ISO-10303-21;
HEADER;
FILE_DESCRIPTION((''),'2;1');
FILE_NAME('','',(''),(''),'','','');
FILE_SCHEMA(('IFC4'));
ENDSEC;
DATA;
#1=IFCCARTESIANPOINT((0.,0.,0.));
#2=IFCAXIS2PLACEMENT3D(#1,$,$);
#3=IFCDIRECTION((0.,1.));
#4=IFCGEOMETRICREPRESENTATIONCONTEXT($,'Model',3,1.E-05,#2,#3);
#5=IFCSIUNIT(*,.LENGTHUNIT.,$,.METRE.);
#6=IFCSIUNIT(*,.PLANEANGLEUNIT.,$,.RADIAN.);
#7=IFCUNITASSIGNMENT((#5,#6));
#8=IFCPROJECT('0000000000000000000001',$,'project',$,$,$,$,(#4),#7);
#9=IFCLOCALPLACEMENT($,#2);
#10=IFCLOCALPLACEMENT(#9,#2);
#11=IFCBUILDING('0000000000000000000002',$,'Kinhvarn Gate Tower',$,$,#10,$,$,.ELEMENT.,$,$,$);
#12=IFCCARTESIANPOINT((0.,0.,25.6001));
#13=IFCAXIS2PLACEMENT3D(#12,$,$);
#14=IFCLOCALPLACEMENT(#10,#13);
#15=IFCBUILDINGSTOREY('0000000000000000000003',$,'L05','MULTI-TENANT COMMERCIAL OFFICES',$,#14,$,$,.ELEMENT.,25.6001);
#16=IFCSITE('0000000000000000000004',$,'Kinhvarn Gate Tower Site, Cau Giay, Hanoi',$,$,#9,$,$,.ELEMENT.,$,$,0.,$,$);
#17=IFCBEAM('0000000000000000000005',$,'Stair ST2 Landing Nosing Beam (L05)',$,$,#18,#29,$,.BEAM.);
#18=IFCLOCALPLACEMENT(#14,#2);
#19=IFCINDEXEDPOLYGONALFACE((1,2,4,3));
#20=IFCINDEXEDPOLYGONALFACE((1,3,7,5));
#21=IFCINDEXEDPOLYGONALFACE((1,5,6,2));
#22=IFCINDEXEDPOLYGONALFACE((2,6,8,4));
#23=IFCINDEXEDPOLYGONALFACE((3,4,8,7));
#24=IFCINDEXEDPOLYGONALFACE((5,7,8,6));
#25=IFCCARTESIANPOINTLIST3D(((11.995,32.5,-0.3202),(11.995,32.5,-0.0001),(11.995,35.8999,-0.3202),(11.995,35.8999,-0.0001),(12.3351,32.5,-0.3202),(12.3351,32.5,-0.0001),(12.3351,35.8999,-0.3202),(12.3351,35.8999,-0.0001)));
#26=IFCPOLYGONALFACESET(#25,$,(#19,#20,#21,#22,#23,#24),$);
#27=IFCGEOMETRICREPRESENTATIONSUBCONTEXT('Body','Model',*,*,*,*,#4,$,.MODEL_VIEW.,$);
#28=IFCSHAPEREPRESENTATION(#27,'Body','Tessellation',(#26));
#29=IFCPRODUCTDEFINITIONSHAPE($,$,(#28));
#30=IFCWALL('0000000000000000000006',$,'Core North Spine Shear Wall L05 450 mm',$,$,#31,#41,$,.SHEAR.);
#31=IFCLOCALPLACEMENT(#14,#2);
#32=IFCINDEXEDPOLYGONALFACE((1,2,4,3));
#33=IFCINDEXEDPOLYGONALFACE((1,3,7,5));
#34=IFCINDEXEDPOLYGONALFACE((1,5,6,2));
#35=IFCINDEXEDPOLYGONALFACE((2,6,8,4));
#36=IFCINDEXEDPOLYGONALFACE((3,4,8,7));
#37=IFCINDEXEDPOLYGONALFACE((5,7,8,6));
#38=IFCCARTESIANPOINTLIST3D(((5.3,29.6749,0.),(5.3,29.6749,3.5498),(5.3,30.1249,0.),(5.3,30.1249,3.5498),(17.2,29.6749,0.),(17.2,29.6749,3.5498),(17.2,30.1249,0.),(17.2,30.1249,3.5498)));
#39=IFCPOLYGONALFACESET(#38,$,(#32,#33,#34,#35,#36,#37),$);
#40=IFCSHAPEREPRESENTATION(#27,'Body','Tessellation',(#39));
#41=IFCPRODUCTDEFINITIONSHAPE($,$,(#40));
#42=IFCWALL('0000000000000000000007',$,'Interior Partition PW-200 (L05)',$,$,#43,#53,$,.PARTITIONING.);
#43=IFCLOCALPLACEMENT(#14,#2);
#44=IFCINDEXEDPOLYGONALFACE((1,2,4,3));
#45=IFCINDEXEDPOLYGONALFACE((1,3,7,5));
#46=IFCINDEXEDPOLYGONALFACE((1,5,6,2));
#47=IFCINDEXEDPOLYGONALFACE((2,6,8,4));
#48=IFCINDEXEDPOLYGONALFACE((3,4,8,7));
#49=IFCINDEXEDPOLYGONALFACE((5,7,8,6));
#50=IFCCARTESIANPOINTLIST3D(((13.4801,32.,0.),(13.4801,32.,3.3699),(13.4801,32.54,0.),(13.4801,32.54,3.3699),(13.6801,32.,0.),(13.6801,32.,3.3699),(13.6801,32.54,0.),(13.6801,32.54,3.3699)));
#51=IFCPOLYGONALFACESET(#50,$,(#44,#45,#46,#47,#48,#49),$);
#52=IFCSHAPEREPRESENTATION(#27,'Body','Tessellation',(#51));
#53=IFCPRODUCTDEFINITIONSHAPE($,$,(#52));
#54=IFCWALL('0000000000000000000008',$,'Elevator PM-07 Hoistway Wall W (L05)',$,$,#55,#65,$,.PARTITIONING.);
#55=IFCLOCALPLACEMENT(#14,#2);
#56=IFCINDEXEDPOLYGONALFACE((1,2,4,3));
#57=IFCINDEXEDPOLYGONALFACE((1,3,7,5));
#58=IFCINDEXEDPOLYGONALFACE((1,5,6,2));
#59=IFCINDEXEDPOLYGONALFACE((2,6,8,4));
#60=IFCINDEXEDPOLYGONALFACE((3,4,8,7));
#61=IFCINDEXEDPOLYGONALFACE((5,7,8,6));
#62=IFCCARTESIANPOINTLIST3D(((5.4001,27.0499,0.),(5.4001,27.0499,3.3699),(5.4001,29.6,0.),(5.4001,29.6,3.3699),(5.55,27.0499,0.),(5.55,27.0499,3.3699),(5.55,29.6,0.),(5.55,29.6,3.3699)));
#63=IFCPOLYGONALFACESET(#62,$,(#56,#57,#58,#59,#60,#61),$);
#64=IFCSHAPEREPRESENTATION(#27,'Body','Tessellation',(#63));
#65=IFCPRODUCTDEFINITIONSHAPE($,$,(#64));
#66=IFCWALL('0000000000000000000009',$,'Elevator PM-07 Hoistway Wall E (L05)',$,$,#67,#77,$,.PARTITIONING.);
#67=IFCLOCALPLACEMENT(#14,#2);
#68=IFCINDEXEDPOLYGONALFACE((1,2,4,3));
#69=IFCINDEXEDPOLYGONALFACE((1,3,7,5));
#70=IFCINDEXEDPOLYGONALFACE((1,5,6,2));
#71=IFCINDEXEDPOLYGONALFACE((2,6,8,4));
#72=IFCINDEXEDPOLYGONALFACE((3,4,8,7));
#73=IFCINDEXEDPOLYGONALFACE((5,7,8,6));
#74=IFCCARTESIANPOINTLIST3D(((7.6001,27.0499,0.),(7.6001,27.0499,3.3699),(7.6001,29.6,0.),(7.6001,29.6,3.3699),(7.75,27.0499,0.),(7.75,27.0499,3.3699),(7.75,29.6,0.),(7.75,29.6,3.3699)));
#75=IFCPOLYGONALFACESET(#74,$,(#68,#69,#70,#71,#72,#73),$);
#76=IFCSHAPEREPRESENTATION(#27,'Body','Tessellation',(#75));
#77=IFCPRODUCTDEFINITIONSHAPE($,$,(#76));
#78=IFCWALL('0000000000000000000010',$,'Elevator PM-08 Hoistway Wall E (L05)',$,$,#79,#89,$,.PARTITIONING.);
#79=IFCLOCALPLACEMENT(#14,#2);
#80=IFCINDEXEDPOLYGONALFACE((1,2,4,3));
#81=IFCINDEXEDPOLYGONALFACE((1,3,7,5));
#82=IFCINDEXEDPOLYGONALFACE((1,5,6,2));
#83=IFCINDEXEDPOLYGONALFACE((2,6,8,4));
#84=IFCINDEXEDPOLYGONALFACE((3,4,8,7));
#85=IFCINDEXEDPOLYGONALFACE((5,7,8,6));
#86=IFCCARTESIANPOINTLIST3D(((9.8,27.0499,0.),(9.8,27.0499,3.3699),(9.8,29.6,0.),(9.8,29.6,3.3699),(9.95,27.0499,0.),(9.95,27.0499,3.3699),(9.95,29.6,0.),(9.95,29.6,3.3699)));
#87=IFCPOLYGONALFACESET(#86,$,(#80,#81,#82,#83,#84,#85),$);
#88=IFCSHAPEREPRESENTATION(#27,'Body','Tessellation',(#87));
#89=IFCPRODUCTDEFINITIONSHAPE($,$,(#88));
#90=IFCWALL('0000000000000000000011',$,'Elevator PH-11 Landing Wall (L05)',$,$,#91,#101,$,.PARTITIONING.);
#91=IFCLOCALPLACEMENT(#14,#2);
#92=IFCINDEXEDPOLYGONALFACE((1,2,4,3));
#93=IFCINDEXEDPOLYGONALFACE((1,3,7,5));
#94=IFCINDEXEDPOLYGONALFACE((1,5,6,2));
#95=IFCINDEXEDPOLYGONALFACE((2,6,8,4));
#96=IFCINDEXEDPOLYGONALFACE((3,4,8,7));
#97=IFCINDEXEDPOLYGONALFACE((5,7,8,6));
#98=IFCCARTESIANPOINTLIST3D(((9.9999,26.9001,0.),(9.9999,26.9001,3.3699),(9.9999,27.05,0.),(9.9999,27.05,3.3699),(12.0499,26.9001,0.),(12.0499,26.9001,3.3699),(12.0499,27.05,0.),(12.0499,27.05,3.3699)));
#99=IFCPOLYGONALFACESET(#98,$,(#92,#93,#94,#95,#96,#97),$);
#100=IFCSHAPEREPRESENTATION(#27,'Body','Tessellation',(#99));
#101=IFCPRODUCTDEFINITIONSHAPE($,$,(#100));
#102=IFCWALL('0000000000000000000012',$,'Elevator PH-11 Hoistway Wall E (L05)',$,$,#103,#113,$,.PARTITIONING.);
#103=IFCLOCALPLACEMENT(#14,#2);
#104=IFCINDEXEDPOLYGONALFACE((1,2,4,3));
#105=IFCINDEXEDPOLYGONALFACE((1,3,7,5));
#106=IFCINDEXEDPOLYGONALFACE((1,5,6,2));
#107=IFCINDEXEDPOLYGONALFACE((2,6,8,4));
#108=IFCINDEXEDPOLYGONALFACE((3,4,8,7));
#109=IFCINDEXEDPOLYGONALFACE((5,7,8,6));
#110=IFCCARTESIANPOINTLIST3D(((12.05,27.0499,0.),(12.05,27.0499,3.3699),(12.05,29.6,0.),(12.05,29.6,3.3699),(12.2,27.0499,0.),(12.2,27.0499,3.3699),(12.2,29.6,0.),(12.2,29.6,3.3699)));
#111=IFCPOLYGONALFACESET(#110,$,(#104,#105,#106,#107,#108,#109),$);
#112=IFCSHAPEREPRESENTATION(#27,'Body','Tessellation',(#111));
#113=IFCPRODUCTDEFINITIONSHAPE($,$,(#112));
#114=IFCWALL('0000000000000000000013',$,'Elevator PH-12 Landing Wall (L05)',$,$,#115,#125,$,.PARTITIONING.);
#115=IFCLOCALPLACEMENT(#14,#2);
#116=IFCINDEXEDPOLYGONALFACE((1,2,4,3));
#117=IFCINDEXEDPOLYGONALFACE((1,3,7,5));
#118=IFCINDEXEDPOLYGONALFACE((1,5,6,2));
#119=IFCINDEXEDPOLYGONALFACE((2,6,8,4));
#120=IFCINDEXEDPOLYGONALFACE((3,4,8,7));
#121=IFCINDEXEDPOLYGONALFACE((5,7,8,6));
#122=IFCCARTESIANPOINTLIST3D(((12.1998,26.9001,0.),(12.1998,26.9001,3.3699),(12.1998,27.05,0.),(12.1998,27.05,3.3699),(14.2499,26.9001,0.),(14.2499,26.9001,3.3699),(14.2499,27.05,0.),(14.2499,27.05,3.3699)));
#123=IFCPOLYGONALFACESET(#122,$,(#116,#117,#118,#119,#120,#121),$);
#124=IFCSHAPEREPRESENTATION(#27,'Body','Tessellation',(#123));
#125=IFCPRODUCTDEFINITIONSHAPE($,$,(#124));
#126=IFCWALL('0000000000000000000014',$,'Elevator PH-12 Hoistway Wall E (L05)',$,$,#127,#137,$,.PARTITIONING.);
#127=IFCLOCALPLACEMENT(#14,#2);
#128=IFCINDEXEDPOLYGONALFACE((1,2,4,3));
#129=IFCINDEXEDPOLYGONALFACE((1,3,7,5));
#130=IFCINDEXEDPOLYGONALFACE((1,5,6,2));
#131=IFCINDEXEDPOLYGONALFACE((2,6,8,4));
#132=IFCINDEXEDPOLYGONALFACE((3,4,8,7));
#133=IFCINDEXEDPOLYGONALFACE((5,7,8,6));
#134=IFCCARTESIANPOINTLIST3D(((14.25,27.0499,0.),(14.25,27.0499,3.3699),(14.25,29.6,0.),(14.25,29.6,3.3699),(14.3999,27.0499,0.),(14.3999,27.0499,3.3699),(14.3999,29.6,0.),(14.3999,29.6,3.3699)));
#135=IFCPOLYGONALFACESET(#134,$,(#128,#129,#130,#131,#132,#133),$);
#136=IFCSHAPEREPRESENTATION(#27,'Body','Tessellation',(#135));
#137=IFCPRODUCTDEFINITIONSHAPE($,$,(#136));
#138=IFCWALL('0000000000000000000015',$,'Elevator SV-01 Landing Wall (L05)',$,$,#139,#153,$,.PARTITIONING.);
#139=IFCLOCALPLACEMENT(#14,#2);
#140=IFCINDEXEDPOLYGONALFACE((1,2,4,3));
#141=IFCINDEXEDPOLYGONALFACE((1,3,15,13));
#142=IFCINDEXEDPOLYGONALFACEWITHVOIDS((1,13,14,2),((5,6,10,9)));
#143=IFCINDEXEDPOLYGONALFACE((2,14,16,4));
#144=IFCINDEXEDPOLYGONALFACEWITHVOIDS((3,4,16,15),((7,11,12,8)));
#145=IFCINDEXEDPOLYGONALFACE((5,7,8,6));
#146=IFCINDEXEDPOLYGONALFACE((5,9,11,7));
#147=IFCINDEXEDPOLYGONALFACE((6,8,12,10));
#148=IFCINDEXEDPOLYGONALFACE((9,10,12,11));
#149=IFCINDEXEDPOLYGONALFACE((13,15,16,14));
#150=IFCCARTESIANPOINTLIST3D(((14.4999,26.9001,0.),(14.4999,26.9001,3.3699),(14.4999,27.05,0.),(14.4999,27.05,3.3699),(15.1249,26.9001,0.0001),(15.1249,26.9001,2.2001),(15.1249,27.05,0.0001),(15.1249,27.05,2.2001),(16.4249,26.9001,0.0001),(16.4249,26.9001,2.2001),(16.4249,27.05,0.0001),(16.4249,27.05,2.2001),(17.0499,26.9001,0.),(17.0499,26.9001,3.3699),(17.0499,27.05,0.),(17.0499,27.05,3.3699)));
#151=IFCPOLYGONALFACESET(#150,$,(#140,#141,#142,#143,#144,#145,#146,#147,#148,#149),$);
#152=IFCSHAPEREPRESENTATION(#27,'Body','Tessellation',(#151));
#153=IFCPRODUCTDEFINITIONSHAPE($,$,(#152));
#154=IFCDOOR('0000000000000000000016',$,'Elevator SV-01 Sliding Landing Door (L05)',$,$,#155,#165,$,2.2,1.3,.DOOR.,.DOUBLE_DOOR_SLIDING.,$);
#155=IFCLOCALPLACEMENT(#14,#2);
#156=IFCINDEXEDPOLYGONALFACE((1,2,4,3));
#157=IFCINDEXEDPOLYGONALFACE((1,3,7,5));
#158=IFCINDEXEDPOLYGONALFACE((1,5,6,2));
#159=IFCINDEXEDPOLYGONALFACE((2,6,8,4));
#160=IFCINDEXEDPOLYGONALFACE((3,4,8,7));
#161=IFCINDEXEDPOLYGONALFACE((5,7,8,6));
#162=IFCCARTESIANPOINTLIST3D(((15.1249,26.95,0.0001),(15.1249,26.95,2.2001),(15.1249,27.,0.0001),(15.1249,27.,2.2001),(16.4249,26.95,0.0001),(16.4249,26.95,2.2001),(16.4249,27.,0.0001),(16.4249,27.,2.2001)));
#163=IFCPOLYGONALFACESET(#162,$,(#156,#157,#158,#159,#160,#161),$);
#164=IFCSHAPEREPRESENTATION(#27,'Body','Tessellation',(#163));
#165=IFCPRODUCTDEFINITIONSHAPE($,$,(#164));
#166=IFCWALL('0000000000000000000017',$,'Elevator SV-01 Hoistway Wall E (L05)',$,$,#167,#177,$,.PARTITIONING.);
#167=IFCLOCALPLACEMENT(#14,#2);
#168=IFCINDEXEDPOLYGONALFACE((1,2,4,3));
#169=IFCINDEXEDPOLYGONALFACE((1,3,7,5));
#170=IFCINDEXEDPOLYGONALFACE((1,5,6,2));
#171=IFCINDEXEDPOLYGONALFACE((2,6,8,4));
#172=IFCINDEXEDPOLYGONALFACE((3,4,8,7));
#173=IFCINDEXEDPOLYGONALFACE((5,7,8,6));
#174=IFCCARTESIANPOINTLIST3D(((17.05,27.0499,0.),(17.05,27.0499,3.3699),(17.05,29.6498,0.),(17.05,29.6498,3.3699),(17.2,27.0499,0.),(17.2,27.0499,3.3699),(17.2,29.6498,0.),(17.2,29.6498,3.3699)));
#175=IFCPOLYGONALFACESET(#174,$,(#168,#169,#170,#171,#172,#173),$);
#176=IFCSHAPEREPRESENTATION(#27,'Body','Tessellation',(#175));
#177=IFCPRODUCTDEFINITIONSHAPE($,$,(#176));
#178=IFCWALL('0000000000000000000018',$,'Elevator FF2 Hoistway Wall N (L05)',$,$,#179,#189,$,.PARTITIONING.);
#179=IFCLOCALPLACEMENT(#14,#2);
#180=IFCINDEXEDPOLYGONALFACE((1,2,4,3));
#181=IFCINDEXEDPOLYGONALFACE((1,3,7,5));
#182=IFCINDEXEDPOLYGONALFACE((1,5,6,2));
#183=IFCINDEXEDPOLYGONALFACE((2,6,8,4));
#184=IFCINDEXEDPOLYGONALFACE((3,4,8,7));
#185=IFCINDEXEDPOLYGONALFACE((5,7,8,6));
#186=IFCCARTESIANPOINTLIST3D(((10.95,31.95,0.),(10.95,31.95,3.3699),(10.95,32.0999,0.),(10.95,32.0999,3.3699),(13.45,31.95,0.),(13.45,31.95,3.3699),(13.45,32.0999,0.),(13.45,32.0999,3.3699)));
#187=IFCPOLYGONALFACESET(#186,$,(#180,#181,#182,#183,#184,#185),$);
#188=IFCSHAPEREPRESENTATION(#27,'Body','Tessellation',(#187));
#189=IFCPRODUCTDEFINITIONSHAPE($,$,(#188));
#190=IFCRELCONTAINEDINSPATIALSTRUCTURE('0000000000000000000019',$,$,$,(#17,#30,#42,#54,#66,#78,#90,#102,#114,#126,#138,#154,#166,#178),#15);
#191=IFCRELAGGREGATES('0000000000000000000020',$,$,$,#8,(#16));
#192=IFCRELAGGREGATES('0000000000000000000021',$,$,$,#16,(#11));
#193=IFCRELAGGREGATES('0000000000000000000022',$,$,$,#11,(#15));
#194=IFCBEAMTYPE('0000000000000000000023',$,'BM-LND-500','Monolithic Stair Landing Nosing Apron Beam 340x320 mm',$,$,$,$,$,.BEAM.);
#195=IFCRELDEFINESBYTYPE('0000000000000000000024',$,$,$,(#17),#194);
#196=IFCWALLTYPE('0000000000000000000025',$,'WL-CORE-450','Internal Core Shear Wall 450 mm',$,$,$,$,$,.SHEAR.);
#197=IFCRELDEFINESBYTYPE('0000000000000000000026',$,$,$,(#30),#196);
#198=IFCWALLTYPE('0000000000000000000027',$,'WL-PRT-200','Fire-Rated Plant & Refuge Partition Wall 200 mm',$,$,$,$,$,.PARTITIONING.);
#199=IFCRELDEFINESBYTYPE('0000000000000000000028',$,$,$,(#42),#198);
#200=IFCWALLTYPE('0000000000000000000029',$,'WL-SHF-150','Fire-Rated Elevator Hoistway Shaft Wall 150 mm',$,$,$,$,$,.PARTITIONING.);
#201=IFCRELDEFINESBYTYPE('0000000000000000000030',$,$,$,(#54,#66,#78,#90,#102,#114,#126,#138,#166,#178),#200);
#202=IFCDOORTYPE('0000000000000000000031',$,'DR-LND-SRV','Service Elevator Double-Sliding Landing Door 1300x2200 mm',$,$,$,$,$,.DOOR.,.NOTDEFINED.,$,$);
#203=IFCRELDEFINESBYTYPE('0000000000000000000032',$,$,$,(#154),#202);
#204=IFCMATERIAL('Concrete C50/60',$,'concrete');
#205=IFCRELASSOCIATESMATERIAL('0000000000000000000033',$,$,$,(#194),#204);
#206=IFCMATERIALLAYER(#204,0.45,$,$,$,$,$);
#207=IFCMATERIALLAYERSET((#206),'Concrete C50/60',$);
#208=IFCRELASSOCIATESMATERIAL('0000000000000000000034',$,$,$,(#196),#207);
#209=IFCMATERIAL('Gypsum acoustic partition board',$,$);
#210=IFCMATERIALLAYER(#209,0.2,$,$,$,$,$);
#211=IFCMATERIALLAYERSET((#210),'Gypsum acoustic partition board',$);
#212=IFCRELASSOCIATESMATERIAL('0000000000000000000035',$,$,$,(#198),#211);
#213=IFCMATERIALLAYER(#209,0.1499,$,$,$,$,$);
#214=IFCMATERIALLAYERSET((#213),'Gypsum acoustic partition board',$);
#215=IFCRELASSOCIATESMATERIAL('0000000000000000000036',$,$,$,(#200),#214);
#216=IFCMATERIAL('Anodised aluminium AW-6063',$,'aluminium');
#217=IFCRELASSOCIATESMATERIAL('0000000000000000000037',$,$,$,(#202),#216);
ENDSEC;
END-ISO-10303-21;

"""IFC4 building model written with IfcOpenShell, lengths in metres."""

from ifc_helpers import new_model, si_unit, direction, frame, frame_2d, origin, origin_2d, place, context, subcontext, project, spatial, rectangle, extrude, material, layer, layer_set, material_profile, profile_set, type_object, element, fill, save


model = new_model("IFC4")

# Units and contexts
model_context = context("Model", 3, precision=1e-05, world=origin(), true_north=direction((0.0, 1.0)))
body_context = subcontext(model_context, "Body", "Model", "MODEL_VIEW")
ifc_project = project(units=[si_unit("LENGTHUNIT", "METRE"), si_unit("PLANEANGLEUNIT", "RADIAN")], contexts=[model_context])

# Site, building, storey
site_placement = place(None, origin())
site = spatial("IfcSite", under=ifc_project, at=site_placement, Name="Kinhvarn Gate Tower Site, Cau Giay, Hanoi", CompositionType="ELEMENT", RefElevation=0.0)
building_placement = place(site_placement, origin())
building = spatial("IfcBuilding", under=site, at=building_placement, Name="Kinhvarn Gate Tower", CompositionType="ELEMENT")
storey_placement = place(building_placement, frame((0.0, 0.0, 25.6001)))
storey = spatial("IfcBuildingStorey", under=building, at=storey_placement, Name="L05", Description="MULTI-TENANT COMMERCIAL OFFICES", CompositionType="ELEMENT", Elevation=25.6001)

# Beam
ifc_material_1 = material(Name="Concrete C50/60", Category="concrete")
ifc_material_profile = material_profile(ifc_material_1, rectangle(XDim=0.3401, YDim=0.3201, at=origin_2d()), Name="RC 340x320")
ifc_profile_set = profile_set([ifc_material_profile], Name="Concrete C50/60")
beam_type = type_object("IfcBeamType", Name="BM-LND-500", Description="Monolithic Stair Landing Nosing Apron Beam 340x320 mm", PredefinedType="BEAM", material=ifc_profile_set)
beam_placement = place(storey_placement, frame((12.165, 32.5, -0.1602), z_axis=(0.0, 1.0, 0.0), x_axis=(-1.0, 0.0, 0.0)))
element("IfcBeam", 1, at=beam_placement, inside=storey, type_object=beam_type, Name="Stair ST2 Landing Nosing Beam (L05)", PredefinedType="BEAM", context=body_context, shape_type="SweptSolid", body=[
    extrude(rectangle(XDim=0.3401, YDim=0.3201, at=origin_2d()), origin(), (0.0, 0.0, 1.0), 3.3999),
])

# Walls
ifc_layer_1 = layer(ifc_material_1, 0.45)
ifc_layer_set_1 = layer_set([ifc_layer_1], Name="Concrete C50/60")
wall_type_1 = type_object("IfcWallType", Name="WL-CORE-450", Description="Internal Core Shear Wall 450 mm", PredefinedType="SHEAR", material=ifc_layer_set_1)
wall_1_placement = place(storey_placement, frame((5.3, 29.8999, 0.0), z_axis=(0.0, 0.0, 1.0), x_axis=(1.0, 0.0, 0.0)))
element("IfcWall", 2, at=wall_1_placement, inside=storey, type_object=wall_type_1, Name="Core North Spine Shear Wall L05 450 mm", PredefinedType="SHEAR", context=body_context, shape_type="SweptSolid", body=[
    extrude(rectangle(XDim=11.8999, YDim=0.45, at=frame_2d((5.95, 0.0))), origin(), (0.0, 0.0, 1.0), 3.5498),
])
ifc_material_2 = material(Name="Gypsum acoustic partition board")
ifc_layer_2 = layer(ifc_material_2, 0.2)
ifc_layer_set_2 = layer_set([ifc_layer_2], Name="Gypsum acoustic partition board")
wall_type_2 = type_object("IfcWallType", Name="WL-PRT-200", Description="Fire-Rated Plant & Refuge Partition Wall 200 mm", PredefinedType="PARTITIONING", material=ifc_layer_set_2)
wall_2_placement = place(storey_placement, frame((13.5801, 32.0, 0.0), z_axis=(0.0, 0.0, 1.0), x_axis=(0.0, 1.0, 0.0)))
element("IfcWall", 3, at=wall_2_placement, inside=storey, type_object=wall_type_2, Name="Interior Partition PW-200 (L05)", PredefinedType="PARTITIONING", context=body_context, shape_type="SweptSolid", body=[
    extrude(rectangle(XDim=0.54, YDim=0.2, at=frame_2d((0.27, 0.0))), origin(), (0.0, 0.0, 1.0), 3.3699),
])
ifc_layer_3 = layer(ifc_material_2, 0.1499)
ifc_layer_set_3 = layer_set([ifc_layer_3], Name="Gypsum acoustic partition board")
wall_type_3 = type_object("IfcWallType", Name="WL-SHF-150", Description="Fire-Rated Elevator Hoistway Shaft Wall 150 mm", PredefinedType="PARTITIONING", material=ifc_layer_set_3)
for number, where, z_axis, x_axis, name in (
    (4, (5.4751, 27.05, 0.0), (0.0, 0.0, 1.0), (0.0, 1.0, 0.0), "Elevator PM-07 Hoistway Wall W (L05)"),
    (5, (7.675, 27.05, 0.0), (0.0, 0.0, 1.0), (0.0, 1.0, 0.0), "Elevator PM-07 Hoistway Wall E (L05)"),
    (6, (9.875, 27.05, 0.0), (0.0, 0.0, 1.0), (0.0, 1.0, 0.0), "Elevator PM-08 Hoistway Wall E (L05)"),
):
    element("IfcWall", number, at=place(storey_placement, frame(where, z_axis=z_axis, x_axis=x_axis)), inside=storey, type_object=wall_type_3, Name=name, PredefinedType="PARTITIONING", context=body_context, shape_type="SweptSolid", body=[
        extrude(rectangle(XDim=2.55, YDim=0.1499, at=frame_2d((1.2749, 0.0))), origin(), (0.0, 0.0, 1.0), 3.3699),
    ])
wall_3_placement = place(storey_placement, frame((10.0, 26.9751, 0.0), z_axis=(0.0, 0.0, 1.0), x_axis=(1.0, 0.0, 0.0)))
element("IfcWall", 7, at=wall_3_placement, inside=storey, type_object=wall_type_3, Name="Elevator PH-11 Landing Wall (L05)", PredefinedType="PARTITIONING", context=body_context, shape_type="SweptSolid", body=[
    extrude(rectangle(XDim=2.05, YDim=0.1499, at=frame_2d((1.0249, 0.0))), origin(), (0.0, 0.0, 1.0), 3.3699),
])
wall_4_placement = place(storey_placement, frame((12.125, 27.05, 0.0), z_axis=(0.0, 0.0, 1.0), x_axis=(0.0, 1.0, 0.0)))
element("IfcWall", 8, at=wall_4_placement, inside=storey, type_object=wall_type_3, Name="Elevator PH-11 Hoistway Wall E (L05)", PredefinedType="PARTITIONING", context=body_context, shape_type="SweptSolid", body=[
    extrude(rectangle(XDim=2.55, YDim=0.1499, at=frame_2d((1.2749, 0.0))), origin(), (0.0, 0.0, 1.0), 3.3699),
])
wall_5_placement = place(storey_placement, frame((12.2, 26.9751, 0.0), z_axis=(0.0, 0.0, 1.0), x_axis=(1.0, 0.0, 0.0)))
element("IfcWall", 9, at=wall_5_placement, inside=storey, type_object=wall_type_3, Name="Elevator PH-12 Landing Wall (L05)", PredefinedType="PARTITIONING", context=body_context, shape_type="SweptSolid", body=[
    extrude(rectangle(XDim=2.05, YDim=0.1499, at=frame_2d((1.0249, 0.0))), origin(), (0.0, 0.0, 1.0), 3.3699),
])
wall_6_placement = place(storey_placement, frame((14.325, 27.05, 0.0), z_axis=(0.0, 0.0, 1.0), x_axis=(0.0, 1.0, 0.0)))
element("IfcWall", 10, at=wall_6_placement, inside=storey, type_object=wall_type_3, Name="Elevator PH-12 Hoistway Wall E (L05)", PredefinedType="PARTITIONING", context=body_context, shape_type="SweptSolid", body=[
    extrude(rectangle(XDim=2.55, YDim=0.1499, at=frame_2d((1.2749, 0.0))), origin(), (0.0, 0.0, 1.0), 3.3699),
])

# Wall, opening, door
wall_7_placement = place(storey_placement, frame((14.5, 26.9751, 0.0), z_axis=(0.0, 0.0, 1.0), x_axis=(1.0, 0.0, 0.0)))
wall_7 = element("IfcWall", 11, at=wall_7_placement, inside=storey, type_object=wall_type_3, Name="Elevator SV-01 Landing Wall (L05)", PredefinedType="PARTITIONING", context=body_context, shape_type="SweptSolid", body=[
    extrude(rectangle(XDim=2.55, YDim=0.1499, at=frame_2d((1.2749, 0.0))), origin(), (0.0, 0.0, 1.0), 3.3699),
])
opening_1_placement = place(wall_7_placement, frame((0.625, 0.0, 0.0)))
opening_1 = element("IfcOpeningElement", 12, at=opening_1_placement, cuts=wall_7, PredefinedType="OPENING", context=body_context, shape_type="SweptSolid", body=[
    extrude(rectangle(XDim=1.3, YDim=2.2, at=frame_2d((0.6499, 1.1001))), frame((0.0, 0.085, 0.0), z_axis=(0.0, -1.0, 0.0), x_axis=(1.0, 0.0, 0.0)), (0.0, 0.0, 1.0), 0.1699),
])
ifc_material_3 = material(Name="Anodised aluminium AW-6063", Category="aluminium")
door_type_1 = type_object("IfcDoorType", Name="DR-LND-SRV", Description="Service Elevator Double-Sliding Landing Door 1300x2200 mm", OperationType="NOTDEFINED", PredefinedType="DOOR", material=ifc_material_3)
door_1_placement = place(opening_1_placement, origin())
door_1 = element("IfcDoor", 13, at=door_1_placement, inside=storey, type_object=door_type_1, Name="Elevator SV-01 Sliding Landing Door (L05)", OperationType="DOUBLE_DOOR_SLIDING", OverallHeight=2.2, OverallWidth=1.3, PredefinedType="DOOR", context=body_context, shape_type="SweptSolid", body=[
    extrude(rectangle(XDim=1.3, YDim=2.2, at=frame_2d((0.6499, 1.1001))), frame((0.0, 0.0249, 0.0), z_axis=(0.0, -1.0, 0.0), x_axis=(1.0, 0.0, 0.0)), (0.0, 0.0, 1.0), 0.05),
])
fill(opening_1, door_1)

# Walls
wall_8_placement = place(storey_placement, frame((17.125, 27.05, 0.0), z_axis=(0.0, 0.0, 1.0), x_axis=(0.0, 1.0, 0.0)))
element("IfcWall", 14, at=wall_8_placement, inside=storey, type_object=wall_type_3, Name="Elevator SV-01 Hoistway Wall E (L05)", PredefinedType="PARTITIONING", context=body_context, shape_type="SweptSolid", body=[
    extrude(rectangle(XDim=2.5999, YDim=0.1499, at=frame_2d((1.2998, 0.0))), origin(), (0.0, 0.0, 1.0), 3.3699),
])
wall_9_placement = place(storey_placement, frame((10.95, 32.0249, 0.0), z_axis=(0.0, 0.0, 1.0), x_axis=(1.0, 0.0, 0.0)))
element("IfcWall", 15, at=wall_9_placement, inside=storey, type_object=wall_type_3, Name="Elevator FF2 Hoistway Wall N (L05)", PredefinedType="PARTITIONING", context=body_context, shape_type="SweptSolid", body=[
    extrude(rectangle(XDim=2.5, YDim=0.1499, at=frame_2d((1.25, 0.0))), origin(), (0.0, 0.0, 1.0), 3.3699),
])

save(model, "model.ifc")
